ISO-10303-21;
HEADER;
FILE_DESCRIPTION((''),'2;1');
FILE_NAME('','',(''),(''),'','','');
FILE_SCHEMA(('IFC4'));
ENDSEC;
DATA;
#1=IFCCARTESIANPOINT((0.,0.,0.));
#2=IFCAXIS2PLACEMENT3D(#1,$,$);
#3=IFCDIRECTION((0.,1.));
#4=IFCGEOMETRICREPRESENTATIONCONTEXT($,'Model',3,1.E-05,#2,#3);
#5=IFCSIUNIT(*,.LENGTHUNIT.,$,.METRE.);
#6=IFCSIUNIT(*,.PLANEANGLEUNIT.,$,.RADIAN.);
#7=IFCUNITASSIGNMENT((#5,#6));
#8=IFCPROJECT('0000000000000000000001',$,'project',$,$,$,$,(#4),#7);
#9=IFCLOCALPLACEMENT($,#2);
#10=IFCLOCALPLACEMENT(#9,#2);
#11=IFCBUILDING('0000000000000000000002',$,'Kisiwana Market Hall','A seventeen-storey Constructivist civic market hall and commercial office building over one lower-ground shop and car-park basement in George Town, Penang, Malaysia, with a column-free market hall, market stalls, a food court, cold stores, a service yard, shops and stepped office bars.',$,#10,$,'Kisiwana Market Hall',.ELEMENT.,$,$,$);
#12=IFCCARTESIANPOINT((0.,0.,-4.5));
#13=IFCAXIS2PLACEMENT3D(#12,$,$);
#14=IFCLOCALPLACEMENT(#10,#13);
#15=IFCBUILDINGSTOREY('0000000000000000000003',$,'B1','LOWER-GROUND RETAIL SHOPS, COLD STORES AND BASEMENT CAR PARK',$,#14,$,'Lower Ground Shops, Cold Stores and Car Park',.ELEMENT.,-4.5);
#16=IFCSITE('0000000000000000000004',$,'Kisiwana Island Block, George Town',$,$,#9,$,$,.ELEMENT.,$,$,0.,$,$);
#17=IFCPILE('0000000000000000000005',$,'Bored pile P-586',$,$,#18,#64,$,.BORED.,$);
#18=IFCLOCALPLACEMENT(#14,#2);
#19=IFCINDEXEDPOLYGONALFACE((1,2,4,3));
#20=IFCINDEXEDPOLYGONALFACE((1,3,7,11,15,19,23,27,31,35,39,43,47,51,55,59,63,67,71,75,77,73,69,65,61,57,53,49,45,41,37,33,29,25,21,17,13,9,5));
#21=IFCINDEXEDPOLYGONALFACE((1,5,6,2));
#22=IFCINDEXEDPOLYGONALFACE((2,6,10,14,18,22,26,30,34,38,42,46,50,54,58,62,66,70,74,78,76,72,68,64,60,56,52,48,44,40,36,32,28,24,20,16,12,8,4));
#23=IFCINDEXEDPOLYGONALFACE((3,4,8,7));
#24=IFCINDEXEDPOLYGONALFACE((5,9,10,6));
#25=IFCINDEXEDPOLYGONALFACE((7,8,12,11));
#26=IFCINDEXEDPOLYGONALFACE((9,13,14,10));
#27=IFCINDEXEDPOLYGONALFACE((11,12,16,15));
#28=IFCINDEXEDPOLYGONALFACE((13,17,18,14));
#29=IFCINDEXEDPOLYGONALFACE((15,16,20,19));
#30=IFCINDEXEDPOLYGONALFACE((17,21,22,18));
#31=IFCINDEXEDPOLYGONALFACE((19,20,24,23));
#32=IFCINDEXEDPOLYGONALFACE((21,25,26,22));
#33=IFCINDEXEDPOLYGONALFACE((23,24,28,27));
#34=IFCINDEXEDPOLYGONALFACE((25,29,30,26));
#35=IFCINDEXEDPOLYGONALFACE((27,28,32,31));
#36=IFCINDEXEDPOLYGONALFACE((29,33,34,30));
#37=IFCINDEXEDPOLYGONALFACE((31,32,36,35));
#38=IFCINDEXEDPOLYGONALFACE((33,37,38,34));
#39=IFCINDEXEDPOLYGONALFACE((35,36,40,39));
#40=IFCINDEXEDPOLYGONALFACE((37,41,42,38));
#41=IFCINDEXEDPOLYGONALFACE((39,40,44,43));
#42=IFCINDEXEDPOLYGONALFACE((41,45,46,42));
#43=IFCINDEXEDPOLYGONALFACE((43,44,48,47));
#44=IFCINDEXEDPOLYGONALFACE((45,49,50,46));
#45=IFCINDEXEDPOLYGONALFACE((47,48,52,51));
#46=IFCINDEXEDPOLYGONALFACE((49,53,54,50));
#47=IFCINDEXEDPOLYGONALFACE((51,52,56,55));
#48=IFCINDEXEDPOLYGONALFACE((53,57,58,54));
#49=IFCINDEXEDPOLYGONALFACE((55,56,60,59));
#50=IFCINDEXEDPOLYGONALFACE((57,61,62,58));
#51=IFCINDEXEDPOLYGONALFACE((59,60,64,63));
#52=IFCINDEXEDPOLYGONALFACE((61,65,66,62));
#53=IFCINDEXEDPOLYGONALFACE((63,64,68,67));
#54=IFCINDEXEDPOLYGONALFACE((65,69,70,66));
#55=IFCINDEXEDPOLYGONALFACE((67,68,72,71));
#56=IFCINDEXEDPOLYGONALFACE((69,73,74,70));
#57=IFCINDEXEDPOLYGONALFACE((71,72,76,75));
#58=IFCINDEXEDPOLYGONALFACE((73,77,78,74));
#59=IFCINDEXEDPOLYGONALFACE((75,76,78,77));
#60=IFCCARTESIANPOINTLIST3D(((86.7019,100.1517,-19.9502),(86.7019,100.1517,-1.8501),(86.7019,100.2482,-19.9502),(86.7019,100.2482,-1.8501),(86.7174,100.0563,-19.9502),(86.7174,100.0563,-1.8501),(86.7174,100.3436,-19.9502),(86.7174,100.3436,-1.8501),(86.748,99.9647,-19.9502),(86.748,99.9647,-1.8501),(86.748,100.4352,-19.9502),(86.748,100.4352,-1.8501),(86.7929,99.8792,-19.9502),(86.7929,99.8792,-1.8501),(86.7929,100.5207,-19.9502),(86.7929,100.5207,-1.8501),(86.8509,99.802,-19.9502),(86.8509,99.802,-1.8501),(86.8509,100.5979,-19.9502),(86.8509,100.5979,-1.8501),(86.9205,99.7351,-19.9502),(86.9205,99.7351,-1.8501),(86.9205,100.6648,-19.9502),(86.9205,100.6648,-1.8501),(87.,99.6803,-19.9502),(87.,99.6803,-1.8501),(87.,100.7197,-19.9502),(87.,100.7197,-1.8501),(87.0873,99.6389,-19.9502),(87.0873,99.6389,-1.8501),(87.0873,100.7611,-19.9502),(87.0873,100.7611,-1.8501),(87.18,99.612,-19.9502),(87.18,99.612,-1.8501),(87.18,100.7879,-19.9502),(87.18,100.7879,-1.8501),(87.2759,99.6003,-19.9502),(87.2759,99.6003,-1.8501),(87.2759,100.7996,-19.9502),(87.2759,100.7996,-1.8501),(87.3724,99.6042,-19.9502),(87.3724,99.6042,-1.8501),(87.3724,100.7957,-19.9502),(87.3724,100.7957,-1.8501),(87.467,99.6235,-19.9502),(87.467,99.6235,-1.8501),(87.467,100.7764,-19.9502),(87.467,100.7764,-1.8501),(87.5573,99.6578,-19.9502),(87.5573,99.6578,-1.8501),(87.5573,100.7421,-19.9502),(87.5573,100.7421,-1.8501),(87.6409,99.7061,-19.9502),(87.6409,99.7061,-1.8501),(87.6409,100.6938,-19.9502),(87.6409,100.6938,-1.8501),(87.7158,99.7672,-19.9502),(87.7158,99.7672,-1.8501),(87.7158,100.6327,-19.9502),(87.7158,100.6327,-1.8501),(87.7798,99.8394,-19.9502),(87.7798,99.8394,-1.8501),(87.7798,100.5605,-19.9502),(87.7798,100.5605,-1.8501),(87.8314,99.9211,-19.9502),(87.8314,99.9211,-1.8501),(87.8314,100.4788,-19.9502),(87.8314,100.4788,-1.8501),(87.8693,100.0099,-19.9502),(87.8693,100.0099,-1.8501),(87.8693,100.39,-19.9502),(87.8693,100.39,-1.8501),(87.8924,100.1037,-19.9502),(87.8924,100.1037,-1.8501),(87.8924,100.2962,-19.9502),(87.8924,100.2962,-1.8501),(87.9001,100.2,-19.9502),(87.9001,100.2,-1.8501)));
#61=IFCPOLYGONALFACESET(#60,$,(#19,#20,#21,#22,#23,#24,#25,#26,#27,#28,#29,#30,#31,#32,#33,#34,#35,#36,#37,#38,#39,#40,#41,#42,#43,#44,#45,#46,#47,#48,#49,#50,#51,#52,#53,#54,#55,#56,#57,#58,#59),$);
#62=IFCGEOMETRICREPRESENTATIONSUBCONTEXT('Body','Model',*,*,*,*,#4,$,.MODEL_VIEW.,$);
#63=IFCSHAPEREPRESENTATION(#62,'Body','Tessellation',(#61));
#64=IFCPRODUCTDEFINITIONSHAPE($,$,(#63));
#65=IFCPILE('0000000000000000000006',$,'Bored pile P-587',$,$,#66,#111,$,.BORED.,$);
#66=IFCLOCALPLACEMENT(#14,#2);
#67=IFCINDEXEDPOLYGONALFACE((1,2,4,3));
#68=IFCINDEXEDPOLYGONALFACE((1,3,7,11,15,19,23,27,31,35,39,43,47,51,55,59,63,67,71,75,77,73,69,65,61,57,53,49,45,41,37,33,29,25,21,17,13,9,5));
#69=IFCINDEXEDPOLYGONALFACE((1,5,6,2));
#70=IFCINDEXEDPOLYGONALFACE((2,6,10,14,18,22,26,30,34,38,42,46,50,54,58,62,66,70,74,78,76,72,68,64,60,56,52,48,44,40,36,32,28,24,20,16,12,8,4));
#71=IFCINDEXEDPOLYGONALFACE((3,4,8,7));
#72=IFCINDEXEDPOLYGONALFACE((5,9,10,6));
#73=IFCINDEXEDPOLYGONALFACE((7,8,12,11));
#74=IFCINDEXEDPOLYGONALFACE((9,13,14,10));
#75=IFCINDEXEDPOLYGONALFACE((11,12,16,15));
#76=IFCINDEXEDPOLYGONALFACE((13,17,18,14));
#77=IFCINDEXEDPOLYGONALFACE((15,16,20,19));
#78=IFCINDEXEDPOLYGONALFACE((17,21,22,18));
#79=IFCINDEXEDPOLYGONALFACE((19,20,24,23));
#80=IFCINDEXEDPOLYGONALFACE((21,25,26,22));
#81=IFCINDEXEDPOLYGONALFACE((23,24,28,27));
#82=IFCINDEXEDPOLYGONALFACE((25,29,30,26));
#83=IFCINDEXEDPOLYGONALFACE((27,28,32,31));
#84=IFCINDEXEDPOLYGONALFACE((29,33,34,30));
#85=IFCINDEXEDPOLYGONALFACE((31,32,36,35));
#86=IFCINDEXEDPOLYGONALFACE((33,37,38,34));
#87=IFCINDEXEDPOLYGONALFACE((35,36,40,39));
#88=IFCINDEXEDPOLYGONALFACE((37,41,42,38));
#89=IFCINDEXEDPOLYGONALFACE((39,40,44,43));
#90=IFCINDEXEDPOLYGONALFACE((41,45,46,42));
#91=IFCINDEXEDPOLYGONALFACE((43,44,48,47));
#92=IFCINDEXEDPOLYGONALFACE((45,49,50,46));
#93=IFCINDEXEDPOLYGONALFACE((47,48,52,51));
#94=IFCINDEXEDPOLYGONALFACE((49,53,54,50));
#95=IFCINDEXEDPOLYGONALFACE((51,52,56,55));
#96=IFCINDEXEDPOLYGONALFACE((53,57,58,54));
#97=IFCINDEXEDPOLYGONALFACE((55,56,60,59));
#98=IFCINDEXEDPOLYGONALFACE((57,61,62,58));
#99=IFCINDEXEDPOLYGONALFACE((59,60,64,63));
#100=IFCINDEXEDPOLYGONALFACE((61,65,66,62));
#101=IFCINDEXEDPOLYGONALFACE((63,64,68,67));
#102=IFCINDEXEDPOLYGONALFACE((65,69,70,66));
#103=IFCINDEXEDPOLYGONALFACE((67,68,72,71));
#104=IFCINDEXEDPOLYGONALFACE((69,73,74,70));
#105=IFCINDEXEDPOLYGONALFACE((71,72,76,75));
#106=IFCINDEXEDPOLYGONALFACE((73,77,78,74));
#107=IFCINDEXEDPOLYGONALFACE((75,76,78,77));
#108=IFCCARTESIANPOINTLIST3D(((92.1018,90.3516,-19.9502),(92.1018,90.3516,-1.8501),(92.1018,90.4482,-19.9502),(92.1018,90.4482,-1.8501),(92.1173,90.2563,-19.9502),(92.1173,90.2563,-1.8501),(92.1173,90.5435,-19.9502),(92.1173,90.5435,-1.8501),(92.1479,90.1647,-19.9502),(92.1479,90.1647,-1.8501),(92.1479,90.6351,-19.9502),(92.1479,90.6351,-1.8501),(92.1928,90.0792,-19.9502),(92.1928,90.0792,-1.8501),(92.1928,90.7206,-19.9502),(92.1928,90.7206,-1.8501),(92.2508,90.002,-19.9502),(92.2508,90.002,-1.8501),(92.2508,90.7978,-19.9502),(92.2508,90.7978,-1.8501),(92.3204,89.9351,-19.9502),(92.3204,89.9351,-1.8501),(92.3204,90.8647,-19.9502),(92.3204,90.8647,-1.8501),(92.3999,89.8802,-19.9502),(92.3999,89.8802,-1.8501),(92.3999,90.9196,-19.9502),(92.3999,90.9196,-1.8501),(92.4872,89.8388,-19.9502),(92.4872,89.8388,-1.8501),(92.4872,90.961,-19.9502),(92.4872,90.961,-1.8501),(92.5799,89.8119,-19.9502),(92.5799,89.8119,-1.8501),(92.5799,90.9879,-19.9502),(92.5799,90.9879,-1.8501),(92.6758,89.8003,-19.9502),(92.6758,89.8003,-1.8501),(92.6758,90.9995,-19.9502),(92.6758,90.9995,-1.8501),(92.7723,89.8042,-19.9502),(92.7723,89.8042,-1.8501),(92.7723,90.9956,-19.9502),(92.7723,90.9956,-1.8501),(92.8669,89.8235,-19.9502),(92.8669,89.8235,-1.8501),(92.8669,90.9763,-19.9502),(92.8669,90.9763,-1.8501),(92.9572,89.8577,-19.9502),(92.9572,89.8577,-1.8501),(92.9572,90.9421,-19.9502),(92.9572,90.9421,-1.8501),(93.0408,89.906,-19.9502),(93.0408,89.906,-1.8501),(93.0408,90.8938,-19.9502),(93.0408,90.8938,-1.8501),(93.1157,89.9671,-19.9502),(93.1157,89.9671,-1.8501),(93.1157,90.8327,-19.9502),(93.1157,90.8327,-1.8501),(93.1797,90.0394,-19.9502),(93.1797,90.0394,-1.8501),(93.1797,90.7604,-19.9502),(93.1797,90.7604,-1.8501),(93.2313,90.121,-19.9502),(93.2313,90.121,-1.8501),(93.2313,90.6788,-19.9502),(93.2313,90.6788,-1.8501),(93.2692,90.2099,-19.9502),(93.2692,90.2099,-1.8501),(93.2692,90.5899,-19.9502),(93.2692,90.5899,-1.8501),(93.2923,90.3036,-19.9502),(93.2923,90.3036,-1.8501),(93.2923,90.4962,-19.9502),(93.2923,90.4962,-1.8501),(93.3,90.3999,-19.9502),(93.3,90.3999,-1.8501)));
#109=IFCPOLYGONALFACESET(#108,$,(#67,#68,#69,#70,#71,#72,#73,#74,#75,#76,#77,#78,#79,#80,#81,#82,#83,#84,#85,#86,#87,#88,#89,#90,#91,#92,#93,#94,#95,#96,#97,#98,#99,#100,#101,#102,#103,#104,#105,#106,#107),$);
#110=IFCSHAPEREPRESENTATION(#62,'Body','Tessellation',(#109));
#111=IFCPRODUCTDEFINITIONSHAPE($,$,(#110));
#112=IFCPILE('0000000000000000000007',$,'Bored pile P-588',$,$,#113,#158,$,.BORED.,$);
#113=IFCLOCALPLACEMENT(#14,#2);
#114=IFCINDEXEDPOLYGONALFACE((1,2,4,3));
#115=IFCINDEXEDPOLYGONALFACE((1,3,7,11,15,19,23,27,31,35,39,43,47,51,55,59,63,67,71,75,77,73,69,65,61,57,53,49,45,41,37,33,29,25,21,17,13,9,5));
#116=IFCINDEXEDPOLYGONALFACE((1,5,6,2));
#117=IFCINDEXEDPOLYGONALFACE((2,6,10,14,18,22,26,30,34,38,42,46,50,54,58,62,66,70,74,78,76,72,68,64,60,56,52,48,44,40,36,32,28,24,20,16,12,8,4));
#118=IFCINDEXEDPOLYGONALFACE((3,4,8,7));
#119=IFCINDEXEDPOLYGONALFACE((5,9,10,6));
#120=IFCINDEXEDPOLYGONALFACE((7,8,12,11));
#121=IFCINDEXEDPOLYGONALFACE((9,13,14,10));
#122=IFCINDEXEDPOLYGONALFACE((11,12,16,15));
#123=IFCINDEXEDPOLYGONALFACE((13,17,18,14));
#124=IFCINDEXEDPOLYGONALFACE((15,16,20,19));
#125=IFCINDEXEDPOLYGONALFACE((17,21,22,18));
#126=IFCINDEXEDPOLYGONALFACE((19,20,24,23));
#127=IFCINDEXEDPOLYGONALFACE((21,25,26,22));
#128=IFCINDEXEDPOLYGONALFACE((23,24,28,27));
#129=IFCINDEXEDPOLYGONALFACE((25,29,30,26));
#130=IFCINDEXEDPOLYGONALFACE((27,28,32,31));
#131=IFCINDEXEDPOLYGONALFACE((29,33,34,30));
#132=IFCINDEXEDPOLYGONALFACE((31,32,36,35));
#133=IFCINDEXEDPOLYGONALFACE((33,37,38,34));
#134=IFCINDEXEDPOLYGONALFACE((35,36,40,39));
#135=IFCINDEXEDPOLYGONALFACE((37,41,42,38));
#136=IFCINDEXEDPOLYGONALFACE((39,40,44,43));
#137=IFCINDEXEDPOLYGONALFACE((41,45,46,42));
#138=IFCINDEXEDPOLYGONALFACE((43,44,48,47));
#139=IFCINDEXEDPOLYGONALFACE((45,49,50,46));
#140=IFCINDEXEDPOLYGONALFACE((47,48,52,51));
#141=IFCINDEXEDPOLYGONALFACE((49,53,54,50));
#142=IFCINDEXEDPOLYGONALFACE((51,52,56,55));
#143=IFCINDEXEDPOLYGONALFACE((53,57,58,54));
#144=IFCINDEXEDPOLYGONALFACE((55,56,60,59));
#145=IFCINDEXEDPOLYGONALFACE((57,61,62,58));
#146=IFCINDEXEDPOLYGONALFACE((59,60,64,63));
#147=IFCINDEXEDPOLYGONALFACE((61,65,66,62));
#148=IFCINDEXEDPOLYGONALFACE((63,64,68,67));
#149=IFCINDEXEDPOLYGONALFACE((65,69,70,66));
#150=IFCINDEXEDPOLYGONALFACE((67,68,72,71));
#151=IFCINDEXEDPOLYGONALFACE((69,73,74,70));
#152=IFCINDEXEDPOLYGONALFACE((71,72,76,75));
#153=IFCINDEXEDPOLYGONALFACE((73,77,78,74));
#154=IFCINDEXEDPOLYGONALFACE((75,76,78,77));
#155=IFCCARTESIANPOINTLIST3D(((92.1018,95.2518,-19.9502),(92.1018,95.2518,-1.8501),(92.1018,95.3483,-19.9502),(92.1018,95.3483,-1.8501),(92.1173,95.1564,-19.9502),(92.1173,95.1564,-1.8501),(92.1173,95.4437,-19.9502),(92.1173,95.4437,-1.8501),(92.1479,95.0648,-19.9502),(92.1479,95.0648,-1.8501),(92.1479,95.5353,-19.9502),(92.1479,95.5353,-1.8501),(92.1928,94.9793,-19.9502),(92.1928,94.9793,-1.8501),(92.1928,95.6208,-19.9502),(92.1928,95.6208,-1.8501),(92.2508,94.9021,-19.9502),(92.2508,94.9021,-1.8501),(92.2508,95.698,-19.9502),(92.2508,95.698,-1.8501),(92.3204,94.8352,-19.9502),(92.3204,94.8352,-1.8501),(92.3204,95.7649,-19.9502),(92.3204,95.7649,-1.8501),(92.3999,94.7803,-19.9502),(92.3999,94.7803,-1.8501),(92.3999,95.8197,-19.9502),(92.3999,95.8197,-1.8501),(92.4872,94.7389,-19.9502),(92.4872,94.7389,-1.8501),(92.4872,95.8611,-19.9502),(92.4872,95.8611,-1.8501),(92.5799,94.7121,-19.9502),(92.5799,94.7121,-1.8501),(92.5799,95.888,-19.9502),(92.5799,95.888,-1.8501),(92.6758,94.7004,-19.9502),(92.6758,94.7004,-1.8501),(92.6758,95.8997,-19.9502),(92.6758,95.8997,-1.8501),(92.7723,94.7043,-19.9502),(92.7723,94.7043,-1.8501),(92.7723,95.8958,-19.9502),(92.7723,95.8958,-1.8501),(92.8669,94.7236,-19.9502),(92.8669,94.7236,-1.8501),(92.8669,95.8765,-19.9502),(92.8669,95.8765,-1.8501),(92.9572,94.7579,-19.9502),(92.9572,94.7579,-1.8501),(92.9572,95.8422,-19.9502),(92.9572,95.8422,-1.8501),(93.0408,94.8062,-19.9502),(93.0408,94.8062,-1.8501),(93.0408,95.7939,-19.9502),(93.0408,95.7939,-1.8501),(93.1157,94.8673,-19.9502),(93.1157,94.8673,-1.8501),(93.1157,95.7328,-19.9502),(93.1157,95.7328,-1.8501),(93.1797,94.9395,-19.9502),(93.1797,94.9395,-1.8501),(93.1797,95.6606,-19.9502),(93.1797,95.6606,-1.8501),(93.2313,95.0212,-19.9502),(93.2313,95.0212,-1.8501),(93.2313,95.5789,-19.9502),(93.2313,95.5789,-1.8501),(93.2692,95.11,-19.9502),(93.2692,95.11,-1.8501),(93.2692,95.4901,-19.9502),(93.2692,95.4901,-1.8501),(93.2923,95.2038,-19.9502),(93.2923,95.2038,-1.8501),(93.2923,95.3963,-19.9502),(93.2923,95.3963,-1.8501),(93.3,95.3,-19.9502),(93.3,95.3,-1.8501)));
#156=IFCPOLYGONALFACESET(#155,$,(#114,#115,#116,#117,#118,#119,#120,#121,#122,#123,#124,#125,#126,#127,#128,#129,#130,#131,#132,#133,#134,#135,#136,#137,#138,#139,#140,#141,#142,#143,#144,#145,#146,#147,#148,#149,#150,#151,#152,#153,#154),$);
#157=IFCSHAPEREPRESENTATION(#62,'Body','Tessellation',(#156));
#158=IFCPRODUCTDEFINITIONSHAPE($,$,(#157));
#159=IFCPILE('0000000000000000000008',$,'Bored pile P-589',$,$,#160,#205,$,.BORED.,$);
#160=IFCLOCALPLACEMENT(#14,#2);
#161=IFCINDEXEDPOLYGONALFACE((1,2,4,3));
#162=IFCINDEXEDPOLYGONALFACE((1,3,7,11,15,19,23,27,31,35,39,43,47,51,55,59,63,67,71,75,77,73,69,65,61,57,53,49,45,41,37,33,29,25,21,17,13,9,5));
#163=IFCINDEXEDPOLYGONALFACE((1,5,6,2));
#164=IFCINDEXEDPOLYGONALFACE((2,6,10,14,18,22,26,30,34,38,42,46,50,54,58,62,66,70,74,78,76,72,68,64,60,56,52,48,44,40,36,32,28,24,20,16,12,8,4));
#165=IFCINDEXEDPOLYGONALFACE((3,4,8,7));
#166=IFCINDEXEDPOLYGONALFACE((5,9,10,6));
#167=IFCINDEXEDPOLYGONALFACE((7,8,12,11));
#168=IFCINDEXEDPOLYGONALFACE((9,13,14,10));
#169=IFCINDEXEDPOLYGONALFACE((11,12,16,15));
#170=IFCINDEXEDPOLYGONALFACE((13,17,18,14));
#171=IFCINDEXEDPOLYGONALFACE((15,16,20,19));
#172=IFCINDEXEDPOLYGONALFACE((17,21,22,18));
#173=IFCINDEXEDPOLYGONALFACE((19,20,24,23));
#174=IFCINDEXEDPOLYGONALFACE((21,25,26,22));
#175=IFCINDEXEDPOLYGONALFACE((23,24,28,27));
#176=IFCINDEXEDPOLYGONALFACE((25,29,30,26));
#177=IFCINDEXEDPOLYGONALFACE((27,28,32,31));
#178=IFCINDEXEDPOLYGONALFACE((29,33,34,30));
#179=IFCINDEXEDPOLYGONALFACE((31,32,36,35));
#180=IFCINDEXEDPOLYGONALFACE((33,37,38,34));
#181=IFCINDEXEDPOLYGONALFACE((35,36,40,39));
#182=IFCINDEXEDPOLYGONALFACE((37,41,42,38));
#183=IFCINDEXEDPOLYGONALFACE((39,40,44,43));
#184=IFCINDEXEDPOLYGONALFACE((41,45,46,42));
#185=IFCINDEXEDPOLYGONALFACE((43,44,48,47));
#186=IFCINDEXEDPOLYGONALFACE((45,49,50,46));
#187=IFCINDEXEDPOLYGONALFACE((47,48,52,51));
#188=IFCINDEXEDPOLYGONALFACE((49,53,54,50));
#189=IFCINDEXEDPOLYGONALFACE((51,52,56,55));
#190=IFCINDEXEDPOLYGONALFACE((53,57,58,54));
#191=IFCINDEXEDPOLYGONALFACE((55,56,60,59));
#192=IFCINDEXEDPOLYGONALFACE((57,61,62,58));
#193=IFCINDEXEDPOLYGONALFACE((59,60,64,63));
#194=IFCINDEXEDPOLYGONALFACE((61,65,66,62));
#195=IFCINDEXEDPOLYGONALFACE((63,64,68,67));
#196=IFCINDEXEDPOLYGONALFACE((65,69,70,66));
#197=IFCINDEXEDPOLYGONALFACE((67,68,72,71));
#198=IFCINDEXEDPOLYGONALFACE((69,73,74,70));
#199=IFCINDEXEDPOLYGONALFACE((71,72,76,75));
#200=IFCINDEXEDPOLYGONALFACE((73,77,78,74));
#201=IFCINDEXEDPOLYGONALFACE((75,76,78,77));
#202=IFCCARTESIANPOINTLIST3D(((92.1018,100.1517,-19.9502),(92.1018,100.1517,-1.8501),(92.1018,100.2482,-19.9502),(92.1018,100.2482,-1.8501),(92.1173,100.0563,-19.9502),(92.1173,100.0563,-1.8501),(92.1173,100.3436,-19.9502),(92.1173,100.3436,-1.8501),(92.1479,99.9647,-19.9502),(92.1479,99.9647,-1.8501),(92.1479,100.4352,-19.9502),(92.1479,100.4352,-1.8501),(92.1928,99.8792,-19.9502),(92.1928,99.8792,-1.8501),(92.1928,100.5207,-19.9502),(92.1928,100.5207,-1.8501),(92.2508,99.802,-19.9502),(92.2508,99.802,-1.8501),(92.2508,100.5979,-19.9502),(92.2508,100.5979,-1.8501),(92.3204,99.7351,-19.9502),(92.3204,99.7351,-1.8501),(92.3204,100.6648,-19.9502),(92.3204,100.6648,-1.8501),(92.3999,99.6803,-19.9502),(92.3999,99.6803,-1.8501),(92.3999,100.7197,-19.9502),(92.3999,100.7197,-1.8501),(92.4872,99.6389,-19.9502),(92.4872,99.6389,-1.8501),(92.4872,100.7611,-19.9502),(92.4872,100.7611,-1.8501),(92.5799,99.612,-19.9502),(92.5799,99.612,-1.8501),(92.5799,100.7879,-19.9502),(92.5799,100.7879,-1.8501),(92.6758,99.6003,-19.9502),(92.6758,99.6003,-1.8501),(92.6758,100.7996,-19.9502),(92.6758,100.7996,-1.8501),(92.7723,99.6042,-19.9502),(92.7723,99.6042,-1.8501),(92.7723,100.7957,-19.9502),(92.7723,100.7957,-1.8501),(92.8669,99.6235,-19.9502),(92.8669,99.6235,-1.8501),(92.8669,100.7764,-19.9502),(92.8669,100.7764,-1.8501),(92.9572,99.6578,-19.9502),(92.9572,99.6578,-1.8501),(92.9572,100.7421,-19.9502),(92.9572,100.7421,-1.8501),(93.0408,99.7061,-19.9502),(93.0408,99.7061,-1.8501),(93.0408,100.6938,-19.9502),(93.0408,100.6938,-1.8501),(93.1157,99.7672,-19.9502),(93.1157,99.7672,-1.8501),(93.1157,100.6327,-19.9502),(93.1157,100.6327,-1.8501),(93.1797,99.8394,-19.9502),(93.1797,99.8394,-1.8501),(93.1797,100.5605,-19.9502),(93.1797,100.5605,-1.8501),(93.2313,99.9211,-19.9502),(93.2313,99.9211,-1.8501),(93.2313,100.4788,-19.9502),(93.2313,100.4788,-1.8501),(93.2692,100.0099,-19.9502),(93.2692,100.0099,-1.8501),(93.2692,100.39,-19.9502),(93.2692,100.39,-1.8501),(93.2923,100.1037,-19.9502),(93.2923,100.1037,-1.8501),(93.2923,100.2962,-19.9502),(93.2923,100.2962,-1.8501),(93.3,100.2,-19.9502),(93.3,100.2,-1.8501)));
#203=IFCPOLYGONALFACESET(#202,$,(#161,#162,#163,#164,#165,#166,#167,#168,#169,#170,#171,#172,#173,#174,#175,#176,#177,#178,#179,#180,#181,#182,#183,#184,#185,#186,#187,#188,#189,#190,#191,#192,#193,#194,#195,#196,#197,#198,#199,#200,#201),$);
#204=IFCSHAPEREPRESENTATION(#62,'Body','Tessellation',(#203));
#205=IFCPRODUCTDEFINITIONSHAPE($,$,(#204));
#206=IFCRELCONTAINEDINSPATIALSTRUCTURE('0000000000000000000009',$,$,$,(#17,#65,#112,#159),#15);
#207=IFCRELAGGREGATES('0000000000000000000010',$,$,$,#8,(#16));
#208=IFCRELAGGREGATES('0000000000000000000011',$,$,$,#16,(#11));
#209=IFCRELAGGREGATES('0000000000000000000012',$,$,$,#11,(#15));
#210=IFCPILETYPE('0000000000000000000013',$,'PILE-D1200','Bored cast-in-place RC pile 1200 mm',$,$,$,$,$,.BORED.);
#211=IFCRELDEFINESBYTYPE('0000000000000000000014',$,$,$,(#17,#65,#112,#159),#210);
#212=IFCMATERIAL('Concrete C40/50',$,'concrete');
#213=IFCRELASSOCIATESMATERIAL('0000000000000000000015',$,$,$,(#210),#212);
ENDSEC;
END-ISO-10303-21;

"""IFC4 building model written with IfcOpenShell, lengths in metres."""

from ifc_helpers import new_model, si_unit, direction, frame, origin, origin_2d, place, context, subcontext, project, spatial, circle, extrude, material, material_profile, profile_set, type_object, element, save


model = new_model("IFC4")

# Units and contexts
model_context = context("Model", 3, precision=1e-05, world=origin(), true_north=direction((0.0, 1.0)))
body_context = subcontext(model_context, "Body", "Model", "MODEL_VIEW")
ifc_project = project(units=[si_unit("LENGTHUNIT", "METRE"), si_unit("PLANEANGLEUNIT", "RADIAN")], contexts=[model_context])

# Site, building, storey
site_placement = place(None, origin())
site = spatial("IfcSite", under=ifc_project, at=site_placement, Name="Kisiwana Island Block, George Town", CompositionType="ELEMENT", RefElevation=0.0)
building_placement = place(site_placement, origin())
building = spatial("IfcBuilding", under=site, at=building_placement, Name="Kisiwana Market Hall", Description="A seventeen-storey Constructivist civic market hall and commercial office building over one lower-ground shop and car-park basement in George Town, Penang, Malaysia, with a column-free market hall, market stalls, a food court, cold stores, a service yard, shops and stepped office bars.", LongName="Kisiwana Market Hall", CompositionType="ELEMENT")
storey_placement = place(building_placement, frame((0.0, 0.0, -4.5)))
storey = spatial("IfcBuildingStorey", under=building, at=storey_placement, Name="B1", Description="LOWER-GROUND RETAIL SHOPS, COLD STORES AND BASEMENT CAR PARK", LongName="Lower Ground Shops, Cold Stores and Car Park", CompositionType="ELEMENT", Elevation=-4.5)

# Piles
ifc_material_1 = material(Name="Concrete C40/50", Category="concrete")
ifc_material_profile_1 = material_profile(ifc_material_1, circle(Radius=0.6001, at=origin_2d()), Name="BP D1200")
ifc_profile_set_1 = profile_set([ifc_material_profile_1], Name="Concrete C40/50")
pile_type_1 = type_object("IfcPileType", Name="PILE-D1200", Description="Bored cast-in-place RC pile 1200 mm", PredefinedType="BORED", material=ifc_profile_set_1)
for number, where, z_axis, x_axis, name in (
    (1, (87.3, 100.2, -1.8501), (0.0, 0.0, -1.0), (1.0, 0.0, 0.0), "Bored pile P-586"),
    (2, (92.7, 90.3999, -1.8501), (0.0, 0.0, -1.0), (1.0, 0.0, 0.0), "Bored pile P-587"),
    (3, (92.7, 95.3, -1.8501), (0.0, 0.0, -1.0), (1.0, 0.0, 0.0), "Bored pile P-588"),
    (4, (92.7, 100.2, -1.8501), (0.0, 0.0, -1.0), (1.0, 0.0, 0.0), "Bored pile P-589"),
):
    element("IfcPile", number, at=place(storey_placement, frame(where, z_axis=z_axis, x_axis=x_axis)), inside=storey, type_object=pile_type_1, Name=name, PredefinedType="BORED", context=body_context, shape_type="SweptSolid", body=[
        extrude(circle(Radius=0.6001, at=origin_2d()), origin(), (0.0, 0.0, 1.0), 18.1001),
    ])

save(model, "model.ifc")
